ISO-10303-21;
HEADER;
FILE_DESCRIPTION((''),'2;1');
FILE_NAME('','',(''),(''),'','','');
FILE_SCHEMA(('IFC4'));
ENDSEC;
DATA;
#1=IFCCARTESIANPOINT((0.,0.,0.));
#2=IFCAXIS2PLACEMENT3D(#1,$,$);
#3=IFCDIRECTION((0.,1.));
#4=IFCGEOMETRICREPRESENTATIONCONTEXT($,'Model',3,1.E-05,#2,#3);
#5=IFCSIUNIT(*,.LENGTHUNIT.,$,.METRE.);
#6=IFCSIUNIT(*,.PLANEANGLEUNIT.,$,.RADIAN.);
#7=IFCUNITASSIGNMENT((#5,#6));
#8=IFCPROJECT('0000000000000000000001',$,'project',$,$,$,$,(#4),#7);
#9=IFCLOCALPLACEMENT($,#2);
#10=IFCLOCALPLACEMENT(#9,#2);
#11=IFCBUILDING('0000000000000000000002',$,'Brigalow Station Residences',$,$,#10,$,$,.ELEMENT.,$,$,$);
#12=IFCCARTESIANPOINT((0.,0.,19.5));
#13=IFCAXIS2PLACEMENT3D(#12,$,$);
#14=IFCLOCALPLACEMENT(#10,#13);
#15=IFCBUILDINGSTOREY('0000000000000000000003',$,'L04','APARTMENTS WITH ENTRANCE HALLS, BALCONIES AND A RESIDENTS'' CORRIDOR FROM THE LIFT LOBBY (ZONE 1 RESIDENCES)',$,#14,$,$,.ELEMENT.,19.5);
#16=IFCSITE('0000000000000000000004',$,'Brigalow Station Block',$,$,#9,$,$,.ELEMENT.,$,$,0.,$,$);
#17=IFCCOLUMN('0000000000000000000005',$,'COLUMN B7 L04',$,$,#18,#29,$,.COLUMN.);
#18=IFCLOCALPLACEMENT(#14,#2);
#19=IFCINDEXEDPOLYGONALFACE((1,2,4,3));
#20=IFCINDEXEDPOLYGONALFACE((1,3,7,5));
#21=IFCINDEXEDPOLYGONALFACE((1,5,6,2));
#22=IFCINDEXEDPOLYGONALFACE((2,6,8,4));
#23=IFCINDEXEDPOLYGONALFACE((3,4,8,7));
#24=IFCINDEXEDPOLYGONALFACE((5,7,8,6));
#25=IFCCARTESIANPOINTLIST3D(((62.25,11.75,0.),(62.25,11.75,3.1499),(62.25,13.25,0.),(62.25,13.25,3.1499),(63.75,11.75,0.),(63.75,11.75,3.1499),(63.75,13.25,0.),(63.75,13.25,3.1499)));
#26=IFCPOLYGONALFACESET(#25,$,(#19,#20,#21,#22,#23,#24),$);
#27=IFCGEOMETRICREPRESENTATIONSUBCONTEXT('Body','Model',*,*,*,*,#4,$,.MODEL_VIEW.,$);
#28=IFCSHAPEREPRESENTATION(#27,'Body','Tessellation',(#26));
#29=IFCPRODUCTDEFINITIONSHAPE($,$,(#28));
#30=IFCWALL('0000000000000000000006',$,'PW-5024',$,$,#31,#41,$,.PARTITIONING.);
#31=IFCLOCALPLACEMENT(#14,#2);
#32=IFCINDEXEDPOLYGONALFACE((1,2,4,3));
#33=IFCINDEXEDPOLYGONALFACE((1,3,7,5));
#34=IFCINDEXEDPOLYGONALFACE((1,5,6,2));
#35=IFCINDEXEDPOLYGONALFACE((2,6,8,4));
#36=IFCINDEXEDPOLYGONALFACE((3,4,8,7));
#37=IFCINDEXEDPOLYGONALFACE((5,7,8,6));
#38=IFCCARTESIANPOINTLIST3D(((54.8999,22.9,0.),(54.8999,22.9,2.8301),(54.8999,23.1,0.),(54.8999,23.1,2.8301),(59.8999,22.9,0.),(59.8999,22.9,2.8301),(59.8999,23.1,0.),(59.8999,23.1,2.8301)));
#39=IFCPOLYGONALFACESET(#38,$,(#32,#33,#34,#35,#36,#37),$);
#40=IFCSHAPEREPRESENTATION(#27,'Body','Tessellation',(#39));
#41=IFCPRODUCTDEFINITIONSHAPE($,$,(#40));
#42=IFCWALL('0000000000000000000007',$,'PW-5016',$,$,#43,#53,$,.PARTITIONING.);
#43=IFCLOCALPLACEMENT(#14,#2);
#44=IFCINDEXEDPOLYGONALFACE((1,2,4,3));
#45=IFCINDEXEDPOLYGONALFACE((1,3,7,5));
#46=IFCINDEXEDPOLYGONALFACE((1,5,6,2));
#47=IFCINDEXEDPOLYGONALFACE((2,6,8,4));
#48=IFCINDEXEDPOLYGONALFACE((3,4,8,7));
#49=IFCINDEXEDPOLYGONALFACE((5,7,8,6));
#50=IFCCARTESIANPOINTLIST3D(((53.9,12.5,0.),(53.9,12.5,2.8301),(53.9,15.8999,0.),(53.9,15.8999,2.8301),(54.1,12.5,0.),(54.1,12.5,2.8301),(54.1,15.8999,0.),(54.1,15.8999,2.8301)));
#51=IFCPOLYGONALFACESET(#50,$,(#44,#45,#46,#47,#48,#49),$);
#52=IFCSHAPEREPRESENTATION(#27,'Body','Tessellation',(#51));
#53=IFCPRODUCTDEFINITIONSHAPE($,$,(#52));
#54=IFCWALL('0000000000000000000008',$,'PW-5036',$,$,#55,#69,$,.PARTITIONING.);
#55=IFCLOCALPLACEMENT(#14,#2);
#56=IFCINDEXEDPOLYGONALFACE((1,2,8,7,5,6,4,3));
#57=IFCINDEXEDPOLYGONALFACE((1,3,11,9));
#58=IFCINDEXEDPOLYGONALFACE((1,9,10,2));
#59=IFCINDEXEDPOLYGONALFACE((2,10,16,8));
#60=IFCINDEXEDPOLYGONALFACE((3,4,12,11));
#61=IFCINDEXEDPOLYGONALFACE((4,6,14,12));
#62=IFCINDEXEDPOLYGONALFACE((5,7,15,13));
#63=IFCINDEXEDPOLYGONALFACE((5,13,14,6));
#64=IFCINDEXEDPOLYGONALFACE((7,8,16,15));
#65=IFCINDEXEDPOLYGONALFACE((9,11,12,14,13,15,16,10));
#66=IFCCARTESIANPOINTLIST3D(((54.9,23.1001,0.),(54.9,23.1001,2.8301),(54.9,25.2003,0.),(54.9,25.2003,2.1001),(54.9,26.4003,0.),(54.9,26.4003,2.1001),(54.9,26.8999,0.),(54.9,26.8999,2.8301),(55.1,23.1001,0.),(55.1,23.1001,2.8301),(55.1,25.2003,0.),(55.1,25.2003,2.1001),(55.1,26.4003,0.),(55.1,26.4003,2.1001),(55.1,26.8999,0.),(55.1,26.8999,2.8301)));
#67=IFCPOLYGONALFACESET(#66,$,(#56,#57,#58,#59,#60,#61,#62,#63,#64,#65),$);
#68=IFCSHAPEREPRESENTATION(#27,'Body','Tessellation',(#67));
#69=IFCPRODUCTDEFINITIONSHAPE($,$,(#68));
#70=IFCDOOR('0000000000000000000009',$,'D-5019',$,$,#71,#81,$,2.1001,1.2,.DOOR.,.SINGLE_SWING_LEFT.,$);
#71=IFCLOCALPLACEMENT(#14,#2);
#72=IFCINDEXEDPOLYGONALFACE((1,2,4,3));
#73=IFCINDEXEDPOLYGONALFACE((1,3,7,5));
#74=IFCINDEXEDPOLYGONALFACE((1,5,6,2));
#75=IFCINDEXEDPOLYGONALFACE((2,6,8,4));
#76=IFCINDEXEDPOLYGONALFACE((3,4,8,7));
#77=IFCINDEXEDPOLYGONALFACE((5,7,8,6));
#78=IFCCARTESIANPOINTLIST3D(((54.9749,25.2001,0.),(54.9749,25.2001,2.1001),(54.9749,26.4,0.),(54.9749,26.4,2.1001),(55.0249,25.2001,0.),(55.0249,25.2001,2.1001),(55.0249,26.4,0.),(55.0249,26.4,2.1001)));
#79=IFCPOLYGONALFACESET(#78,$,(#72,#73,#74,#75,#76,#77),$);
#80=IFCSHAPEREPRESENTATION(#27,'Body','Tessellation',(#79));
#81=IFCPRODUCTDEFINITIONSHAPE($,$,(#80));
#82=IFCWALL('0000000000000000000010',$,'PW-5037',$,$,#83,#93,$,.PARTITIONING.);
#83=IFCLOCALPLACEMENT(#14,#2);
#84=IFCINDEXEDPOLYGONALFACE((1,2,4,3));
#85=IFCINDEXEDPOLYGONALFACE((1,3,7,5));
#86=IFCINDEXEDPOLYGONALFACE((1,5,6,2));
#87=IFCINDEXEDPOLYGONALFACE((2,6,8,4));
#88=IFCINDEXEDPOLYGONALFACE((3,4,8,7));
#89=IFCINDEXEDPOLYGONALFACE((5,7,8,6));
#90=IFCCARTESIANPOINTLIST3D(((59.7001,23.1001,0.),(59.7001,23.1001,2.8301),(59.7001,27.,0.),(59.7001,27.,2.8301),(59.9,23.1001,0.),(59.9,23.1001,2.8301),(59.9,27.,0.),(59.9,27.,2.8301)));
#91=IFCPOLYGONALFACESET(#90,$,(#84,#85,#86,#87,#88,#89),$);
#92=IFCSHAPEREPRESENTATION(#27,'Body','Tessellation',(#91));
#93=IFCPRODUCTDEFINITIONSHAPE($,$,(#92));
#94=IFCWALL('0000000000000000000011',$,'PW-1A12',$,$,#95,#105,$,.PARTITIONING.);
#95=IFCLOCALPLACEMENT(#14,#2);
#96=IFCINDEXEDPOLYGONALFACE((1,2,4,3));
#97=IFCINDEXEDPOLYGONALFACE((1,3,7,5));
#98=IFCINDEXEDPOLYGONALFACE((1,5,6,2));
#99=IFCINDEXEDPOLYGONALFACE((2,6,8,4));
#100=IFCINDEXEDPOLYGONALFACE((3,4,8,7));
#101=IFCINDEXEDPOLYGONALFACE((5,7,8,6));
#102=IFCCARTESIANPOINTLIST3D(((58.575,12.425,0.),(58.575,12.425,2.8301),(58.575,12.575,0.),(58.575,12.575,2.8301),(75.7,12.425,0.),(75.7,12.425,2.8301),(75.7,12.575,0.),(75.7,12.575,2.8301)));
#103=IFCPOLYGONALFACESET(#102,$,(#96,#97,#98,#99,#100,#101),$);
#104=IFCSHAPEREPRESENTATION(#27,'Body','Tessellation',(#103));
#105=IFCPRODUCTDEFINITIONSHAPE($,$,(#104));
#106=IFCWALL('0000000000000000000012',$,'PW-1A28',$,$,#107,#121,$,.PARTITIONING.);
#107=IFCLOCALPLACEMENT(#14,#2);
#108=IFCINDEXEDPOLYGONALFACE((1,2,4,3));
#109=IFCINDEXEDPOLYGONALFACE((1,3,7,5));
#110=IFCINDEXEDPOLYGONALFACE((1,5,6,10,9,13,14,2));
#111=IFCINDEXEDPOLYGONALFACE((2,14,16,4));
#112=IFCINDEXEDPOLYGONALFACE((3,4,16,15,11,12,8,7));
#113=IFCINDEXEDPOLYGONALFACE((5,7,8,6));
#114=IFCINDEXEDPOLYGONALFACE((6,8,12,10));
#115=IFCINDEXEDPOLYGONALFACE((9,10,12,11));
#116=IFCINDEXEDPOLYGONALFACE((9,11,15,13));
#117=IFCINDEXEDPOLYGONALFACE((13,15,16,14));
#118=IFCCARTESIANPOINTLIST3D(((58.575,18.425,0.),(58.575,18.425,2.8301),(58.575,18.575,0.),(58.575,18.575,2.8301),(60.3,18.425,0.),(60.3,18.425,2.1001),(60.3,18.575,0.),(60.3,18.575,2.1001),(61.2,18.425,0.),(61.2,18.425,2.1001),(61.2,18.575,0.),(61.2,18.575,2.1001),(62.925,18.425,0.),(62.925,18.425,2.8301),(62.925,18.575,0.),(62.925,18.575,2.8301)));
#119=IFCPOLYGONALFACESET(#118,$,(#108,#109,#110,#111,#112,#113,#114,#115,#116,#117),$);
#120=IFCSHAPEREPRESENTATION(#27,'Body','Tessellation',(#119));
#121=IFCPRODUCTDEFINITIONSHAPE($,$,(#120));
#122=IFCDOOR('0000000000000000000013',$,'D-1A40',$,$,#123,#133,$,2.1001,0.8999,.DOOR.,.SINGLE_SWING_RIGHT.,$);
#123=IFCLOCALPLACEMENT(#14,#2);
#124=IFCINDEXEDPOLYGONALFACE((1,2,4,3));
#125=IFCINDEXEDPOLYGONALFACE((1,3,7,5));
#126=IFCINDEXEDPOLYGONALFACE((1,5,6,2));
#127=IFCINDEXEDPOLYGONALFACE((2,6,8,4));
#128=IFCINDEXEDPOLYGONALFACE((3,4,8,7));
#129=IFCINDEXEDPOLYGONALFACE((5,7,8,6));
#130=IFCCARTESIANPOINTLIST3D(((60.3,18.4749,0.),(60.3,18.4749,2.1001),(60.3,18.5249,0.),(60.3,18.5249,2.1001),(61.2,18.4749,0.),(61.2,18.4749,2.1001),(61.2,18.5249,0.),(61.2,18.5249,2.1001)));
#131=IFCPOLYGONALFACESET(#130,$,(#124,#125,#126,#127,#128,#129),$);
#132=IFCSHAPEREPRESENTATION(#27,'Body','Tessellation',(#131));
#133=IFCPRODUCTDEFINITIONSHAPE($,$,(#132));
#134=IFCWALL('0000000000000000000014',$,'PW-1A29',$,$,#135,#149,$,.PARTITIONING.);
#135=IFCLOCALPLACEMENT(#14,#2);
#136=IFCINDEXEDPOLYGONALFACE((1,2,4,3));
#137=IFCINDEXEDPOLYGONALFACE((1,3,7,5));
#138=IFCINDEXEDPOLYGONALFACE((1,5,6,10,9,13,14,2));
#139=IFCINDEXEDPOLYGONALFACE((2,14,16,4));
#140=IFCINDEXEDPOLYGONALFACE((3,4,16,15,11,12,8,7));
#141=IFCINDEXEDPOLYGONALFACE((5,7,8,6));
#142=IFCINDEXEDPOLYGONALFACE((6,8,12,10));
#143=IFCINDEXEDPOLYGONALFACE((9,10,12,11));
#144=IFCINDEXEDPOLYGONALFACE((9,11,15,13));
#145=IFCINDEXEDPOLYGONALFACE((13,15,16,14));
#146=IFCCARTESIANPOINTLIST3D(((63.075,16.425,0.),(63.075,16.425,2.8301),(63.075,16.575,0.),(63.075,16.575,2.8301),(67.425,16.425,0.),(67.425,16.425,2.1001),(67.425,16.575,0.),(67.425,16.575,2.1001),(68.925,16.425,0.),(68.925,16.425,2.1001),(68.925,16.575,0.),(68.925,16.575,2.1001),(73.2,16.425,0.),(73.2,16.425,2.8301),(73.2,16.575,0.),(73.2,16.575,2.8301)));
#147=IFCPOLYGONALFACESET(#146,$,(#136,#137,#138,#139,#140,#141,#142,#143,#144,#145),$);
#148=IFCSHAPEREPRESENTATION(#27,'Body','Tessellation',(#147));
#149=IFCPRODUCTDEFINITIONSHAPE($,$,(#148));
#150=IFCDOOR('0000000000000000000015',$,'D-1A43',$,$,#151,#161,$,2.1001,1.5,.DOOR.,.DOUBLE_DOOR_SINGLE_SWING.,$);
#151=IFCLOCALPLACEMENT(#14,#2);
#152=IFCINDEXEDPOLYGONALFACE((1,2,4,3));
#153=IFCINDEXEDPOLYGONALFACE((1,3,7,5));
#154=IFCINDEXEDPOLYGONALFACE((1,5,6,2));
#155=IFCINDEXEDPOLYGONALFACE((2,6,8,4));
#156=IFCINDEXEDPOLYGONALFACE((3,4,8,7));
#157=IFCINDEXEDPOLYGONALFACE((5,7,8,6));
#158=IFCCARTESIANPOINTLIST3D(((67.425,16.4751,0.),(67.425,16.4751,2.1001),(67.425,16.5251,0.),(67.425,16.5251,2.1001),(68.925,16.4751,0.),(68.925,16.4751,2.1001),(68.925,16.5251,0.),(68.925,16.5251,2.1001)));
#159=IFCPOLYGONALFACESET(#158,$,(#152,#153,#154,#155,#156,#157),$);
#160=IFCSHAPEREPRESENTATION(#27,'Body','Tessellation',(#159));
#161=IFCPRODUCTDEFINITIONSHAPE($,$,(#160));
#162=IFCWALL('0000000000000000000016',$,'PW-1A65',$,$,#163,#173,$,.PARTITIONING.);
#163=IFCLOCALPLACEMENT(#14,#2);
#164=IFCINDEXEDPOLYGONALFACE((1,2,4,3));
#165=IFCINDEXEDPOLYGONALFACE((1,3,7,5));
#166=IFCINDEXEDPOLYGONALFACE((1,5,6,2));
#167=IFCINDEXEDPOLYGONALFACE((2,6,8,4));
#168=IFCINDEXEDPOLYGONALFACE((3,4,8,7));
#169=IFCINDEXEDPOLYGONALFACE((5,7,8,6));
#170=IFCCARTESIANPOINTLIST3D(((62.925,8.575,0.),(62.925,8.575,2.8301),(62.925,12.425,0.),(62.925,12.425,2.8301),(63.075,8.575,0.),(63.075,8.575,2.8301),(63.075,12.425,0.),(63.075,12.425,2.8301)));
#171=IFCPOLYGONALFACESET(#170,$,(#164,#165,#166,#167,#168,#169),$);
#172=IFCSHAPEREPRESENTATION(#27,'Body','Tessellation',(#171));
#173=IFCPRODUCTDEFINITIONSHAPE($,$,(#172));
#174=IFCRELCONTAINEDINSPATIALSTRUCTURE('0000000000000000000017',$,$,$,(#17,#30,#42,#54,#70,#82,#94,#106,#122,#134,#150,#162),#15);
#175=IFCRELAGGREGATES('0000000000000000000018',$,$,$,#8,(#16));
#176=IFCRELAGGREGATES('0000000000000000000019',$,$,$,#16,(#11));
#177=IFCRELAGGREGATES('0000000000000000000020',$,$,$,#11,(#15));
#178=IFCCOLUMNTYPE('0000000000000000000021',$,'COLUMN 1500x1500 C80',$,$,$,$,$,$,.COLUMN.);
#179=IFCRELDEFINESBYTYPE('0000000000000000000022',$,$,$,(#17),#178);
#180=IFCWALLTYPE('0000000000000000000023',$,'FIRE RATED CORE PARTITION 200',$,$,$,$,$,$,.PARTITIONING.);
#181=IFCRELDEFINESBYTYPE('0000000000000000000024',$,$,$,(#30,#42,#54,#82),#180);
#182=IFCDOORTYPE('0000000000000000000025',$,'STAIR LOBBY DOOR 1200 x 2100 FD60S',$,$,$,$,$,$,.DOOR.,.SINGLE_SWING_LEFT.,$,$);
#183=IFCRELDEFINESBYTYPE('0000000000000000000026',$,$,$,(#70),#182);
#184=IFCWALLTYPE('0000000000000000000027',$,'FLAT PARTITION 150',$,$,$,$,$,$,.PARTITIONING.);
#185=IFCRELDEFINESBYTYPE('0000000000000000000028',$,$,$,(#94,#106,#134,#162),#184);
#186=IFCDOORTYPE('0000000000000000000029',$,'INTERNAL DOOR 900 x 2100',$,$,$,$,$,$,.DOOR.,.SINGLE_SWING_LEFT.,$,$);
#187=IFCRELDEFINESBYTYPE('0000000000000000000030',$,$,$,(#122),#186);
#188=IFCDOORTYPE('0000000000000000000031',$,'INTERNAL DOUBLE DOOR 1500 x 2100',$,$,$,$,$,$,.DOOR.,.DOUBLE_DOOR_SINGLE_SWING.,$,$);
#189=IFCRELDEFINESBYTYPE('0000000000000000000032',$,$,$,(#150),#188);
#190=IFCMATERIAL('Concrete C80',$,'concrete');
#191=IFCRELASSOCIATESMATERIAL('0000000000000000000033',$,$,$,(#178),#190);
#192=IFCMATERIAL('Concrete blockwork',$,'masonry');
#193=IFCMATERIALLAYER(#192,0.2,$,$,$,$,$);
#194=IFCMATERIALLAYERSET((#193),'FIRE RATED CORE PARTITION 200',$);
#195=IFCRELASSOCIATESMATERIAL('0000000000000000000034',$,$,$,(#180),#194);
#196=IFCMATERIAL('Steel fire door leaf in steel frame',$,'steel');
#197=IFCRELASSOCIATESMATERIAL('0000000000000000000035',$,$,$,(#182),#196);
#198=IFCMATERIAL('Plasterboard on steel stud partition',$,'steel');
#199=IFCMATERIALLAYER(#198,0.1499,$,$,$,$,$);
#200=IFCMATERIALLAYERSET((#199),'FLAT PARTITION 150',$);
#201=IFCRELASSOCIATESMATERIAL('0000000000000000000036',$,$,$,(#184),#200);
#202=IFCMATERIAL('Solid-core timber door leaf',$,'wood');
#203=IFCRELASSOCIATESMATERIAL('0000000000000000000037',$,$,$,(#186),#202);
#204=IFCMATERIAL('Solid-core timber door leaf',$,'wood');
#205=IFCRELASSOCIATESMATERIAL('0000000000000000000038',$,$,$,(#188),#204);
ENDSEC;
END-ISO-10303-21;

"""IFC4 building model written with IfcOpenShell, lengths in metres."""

from ifc_helpers import new_model, si_unit, direction, frame, frame_2d, origin, origin_2d, place, context, subcontext, project, spatial, rectangle, extrude, material, layer, layer_set, material_profile, profile_set, type_object, element, fill, save


model = new_model("IFC4")

# Units and contexts
model_context = context("Model", 3, precision=1e-05, world=origin(), true_north=direction((0.0, 1.0)))
body_context = subcontext(model_context, "Body", "Model", "MODEL_VIEW")
ifc_project = project(units=[si_unit("LENGTHUNIT", "METRE"), si_unit("PLANEANGLEUNIT", "RADIAN")], contexts=[model_context])

# Site, building, storey
site_placement = place(None, origin())
site = spatial("IfcSite", under=ifc_project, at=site_placement, Name="Brigalow Station Block", CompositionType="ELEMENT", RefElevation=0.0)
building_placement = place(site_placement, origin())
building = spatial("IfcBuilding", under=site, at=building_placement, Name="Brigalow Station Residences", CompositionType="ELEMENT")
storey_placement = place(building_placement, frame((0.0, 0.0, 19.5)))
storey = spatial("IfcBuildingStorey", under=building, at=storey_placement, Name="L04", Description="APARTMENTS WITH ENTRANCE HALLS, BALCONIES AND A RESIDENTS' CORRIDOR FROM THE LIFT LOBBY (ZONE 1 RESIDENCES)", CompositionType="ELEMENT", Elevation=19.5)

# Column
ifc_material_1 = material(Name="Concrete C80", Category="concrete")
ifc_material_profile = material_profile(ifc_material_1, rectangle(XDim=1.5, YDim=1.5, at=origin_2d()), Name="RC1500x1500")
ifc_profile_set = profile_set([ifc_material_profile], Name="Concrete C80")
column_type = type_object("IfcColumnType", Name="COLUMN 1500x1500 C80", PredefinedType="COLUMN", material=ifc_profile_set)
column_placement = place(storey_placement, frame((63.0, 12.5, 0.0), z_axis=(0.0, 0.0, 1.0), x_axis=(1.0, 0.0, 0.0)))
element("IfcColumn", 1, at=column_placement, inside=storey, type_object=column_type, Name="COLUMN B7 L04", PredefinedType="COLUMN", context=body_context, shape_type="SweptSolid", body=[
    extrude(rectangle(XDim=1.5, YDim=1.5, at=origin_2d()), origin(), (0.0, 0.0, 1.0), 3.1499),
])

# Walls
ifc_material_2 = material(Name="Concrete blockwork", Category="masonry")
ifc_layer_1 = layer(ifc_material_2, 0.2)
ifc_layer_set_1 = layer_set([ifc_layer_1], Name="FIRE RATED CORE PARTITION 200")
wall_type_1 = type_object("IfcWallType", Name="FIRE RATED CORE PARTITION 200", PredefinedType="PARTITIONING", material=ifc_layer_set_1)
wall_1_placement = place(storey_placement, frame((54.8999, 23.0, 0.0), z_axis=(0.0, 0.0, 1.0), x_axis=(1.0, 0.0, 0.0)))
element("IfcWall", 2, at=wall_1_placement, inside=storey, type_object=wall_type_1, Name="PW-5024", PredefinedType="PARTITIONING", context=body_context, shape_type="SweptSolid", body=[
    extrude(rectangle(XDim=5.0, YDim=0.2, at=frame_2d((2.5, 0.0))), origin(), (0.0, 0.0, 1.0), 2.8301),
])
wall_2_placement = place(storey_placement, frame((54.0, 12.5, 0.0), z_axis=(0.0, 0.0, 1.0), x_axis=(0.0, 1.0, 0.0)))
element("IfcWall", 3, at=wall_2_placement, inside=storey, type_object=wall_type_1, Name="PW-5016", PredefinedType="PARTITIONING", context=body_context, shape_type="SweptSolid", body=[
    extrude(rectangle(XDim=3.3999, YDim=0.2, at=frame_2d((1.7, 0.0))), origin(), (0.0, 0.0, 1.0), 2.8301),
])

# Wall, opening, door
wall_3_placement = place(storey_placement, frame((55.0, 23.1001, 0.0), z_axis=(0.0, 0.0, 1.0), x_axis=(0.0, 1.0, 0.0)))
wall_3 = element("IfcWall", 4, at=wall_3_placement, inside=storey, type_object=wall_type_1, Name="PW-5036", PredefinedType="PARTITIONING", context=body_context, shape_type="SweptSolid", body=[
    extrude(rectangle(XDim=3.7998, YDim=0.2, at=frame_2d((1.8999, 0.0))), origin(), (0.0, 0.0, 1.0), 2.8301),
])
opening_1_placement = place(wall_3_placement, frame((2.1001, 0.0, 0.0)))
opening_1 = element("IfcOpeningElement", 5, at=opening_1_placement, cuts=wall_3, PredefinedType="OPENING", context=body_context, shape_type="SweptSolid", body=[
    extrude(rectangle(XDim=1.2, YDim=2.1001, at=frame_2d((0.6001, 1.05))), frame((0.0, 0.1099, 0.0), z_axis=(0.0, -1.0, 0.0), x_axis=(1.0, 0.0, 0.0)), (0.0, 0.0, 1.0), 0.22),
])
ifc_material_3 = material(Name="Steel fire door leaf in steel frame", Category="steel")
door_type_1 = type_object("IfcDoorType", Name="STAIR LOBBY DOOR 1200 x 2100 FD60S", OperationType="SINGLE_SWING_LEFT", PredefinedType="DOOR", material=ifc_material_3)
door_1_placement = place(opening_1_placement, frame((1.2, 0.0, 0.0), z_axis=(0.0, 0.0, 1.0), x_axis=(-1.0, 0.0, 0.0)))
door_1 = element("IfcDoor", 6, at=door_1_placement, inside=storey, type_object=door_type_1, Name="D-5019", OperationType="SINGLE_SWING_LEFT", OverallHeight=2.1001, OverallWidth=1.2, PredefinedType="DOOR", context=body_context, shape_type="SweptSolid", body=[
    extrude(rectangle(XDim=1.2, YDim=2.1001, at=frame_2d((0.6001, 1.05))), frame((0.0, 0.0249, 0.0), z_axis=(0.0, -1.0, 0.0), x_axis=(1.0, 0.0, 0.0)), (0.0, 0.0, 1.0), 0.05),
])
fill(opening_1, door_1)

# Walls
wall_4_placement = place(storey_placement, frame((59.8, 23.1001, 0.0), z_axis=(0.0, 0.0, 1.0), x_axis=(0.0, 1.0, 0.0)))
element("IfcWall", 7, at=wall_4_placement, inside=storey, type_object=wall_type_1, Name="PW-5037", PredefinedType="PARTITIONING", context=body_context, shape_type="SweptSolid", body=[
    extrude(rectangle(XDim=3.8999, YDim=0.2, at=frame_2d((1.95, 0.0))), origin(), (0.0, 0.0, 1.0), 2.8301),
])
ifc_material_4 = material(Name="Plasterboard on steel stud partition", Category="steel")
ifc_layer_2 = layer(ifc_material_4, 0.1499)
ifc_layer_set_2 = layer_set([ifc_layer_2], Name="FLAT PARTITION 150")
wall_type_2 = type_object("IfcWallType", Name="FLAT PARTITION 150", PredefinedType="PARTITIONING", material=ifc_layer_set_2)
wall_5_placement = place(storey_placement, frame((58.575, 12.5, 0.0), z_axis=(0.0, 0.0, 1.0), x_axis=(1.0, 0.0, 0.0)))
element("IfcWall", 8, at=wall_5_placement, inside=storey, type_object=wall_type_2, Name="PW-1A12", PredefinedType="PARTITIONING", context=body_context, shape_type="SweptSolid", body=[
    extrude(rectangle(XDim=17.125, YDim=0.1499, at=frame_2d((8.5625, 0.0))), origin(), (0.0, 0.0, 1.0), 2.8301),
])

# Walls, openings, doors
wall_6_placement = place(storey_placement, frame((58.575, 18.5, 0.0), z_axis=(0.0, 0.0, 1.0), x_axis=(1.0, 0.0, 0.0)))
wall_6 = element("IfcWall", 9, at=wall_6_placement, inside=storey, type_object=wall_type_2, Name="PW-1A28", PredefinedType="PARTITIONING", context=body_context, shape_type="SweptSolid", body=[
    extrude(rectangle(XDim=4.3501, YDim=0.1499, at=frame_2d((2.175, 0.0))), origin(), (0.0, 0.0, 1.0), 2.8301),
])
opening_2_placement = place(wall_6_placement, frame((1.7251, 0.0, 0.0)))
opening_2 = element("IfcOpeningElement", 10, at=opening_2_placement, cuts=wall_6, PredefinedType="OPENING", context=body_context, shape_type="SweptSolid", body=[
    extrude(rectangle(XDim=0.8999, YDim=2.1001, at=frame_2d((0.45, 1.05))), frame((0.0, 0.085, 0.0), z_axis=(0.0, -1.0, 0.0), x_axis=(1.0, 0.0, 0.0)), (0.0, 0.0, 1.0), 0.1699),
])
ifc_material_5 = material(Name="Solid-core timber door leaf", Category="wood")
door_type_2 = type_object("IfcDoorType", Name="INTERNAL DOOR 900 x 2100", OperationType="SINGLE_SWING_LEFT", PredefinedType="DOOR", material=ifc_material_5)
door_2_placement = place(opening_2_placement, origin())
door_2 = element("IfcDoor", 11, at=door_2_placement, inside=storey, type_object=door_type_2, Name="D-1A40", OperationType="SINGLE_SWING_RIGHT", OverallHeight=2.1001, OverallWidth=0.8999, PredefinedType="DOOR", context=body_context, shape_type="SweptSolid", body=[
    extrude(rectangle(XDim=0.8999, YDim=2.1001, at=frame_2d((0.45, 1.05))), frame((0.0, 0.0249, 0.0), z_axis=(0.0, -1.0, 0.0), x_axis=(1.0, 0.0, 0.0)), (0.0, 0.0, 1.0), 0.05),
])
fill(opening_2, door_2)
wall_7_placement = place(storey_placement, frame((63.075, 16.5, 0.0), z_axis=(0.0, 0.0, 1.0), x_axis=(1.0, 0.0, 0.0)))
wall_7 = element("IfcWall", 12, at=wall_7_placement, inside=storey, type_object=wall_type_2, Name="PW-1A29", PredefinedType="PARTITIONING", context=body_context, shape_type="SweptSolid", body=[
    extrude(rectangle(XDim=10.125, YDim=0.1499, at=frame_2d((5.0625, 0.0))), origin(), (0.0, 0.0, 1.0), 2.8301),
])
opening_3_placement = place(wall_7_placement, frame((4.3501, 0.0, 0.0)))
opening_3 = element("IfcOpeningElement", 13, at=opening_3_placement, cuts=wall_7, PredefinedType="OPENING", context=body_context, shape_type="SweptSolid", body=[
    extrude(rectangle(XDim=1.5, YDim=2.1001, at=frame_2d((0.75, 1.05))), frame((0.0, 0.085, 0.0), z_axis=(0.0, -1.0, 0.0), x_axis=(1.0, 0.0, 0.0)), (0.0, 0.0, 1.0), 0.1699),
])
ifc_material_6 = material(Name="Solid-core timber door leaf", Category="wood")
door_type_3 = type_object("IfcDoorType", Name="INTERNAL DOUBLE DOOR 1500 x 2100", OperationType="DOUBLE_DOOR_SINGLE_SWING", PredefinedType="DOOR", material=ifc_material_6)
door_3_placement = place(opening_3_placement, frame((1.5, 0.0, 0.0), z_axis=(0.0, 0.0, 1.0), x_axis=(-1.0, 0.0, 0.0)))
door_3 = element("IfcDoor", 14, at=door_3_placement, inside=storey, type_object=door_type_3, Name="D-1A43", OperationType="DOUBLE_DOOR_SINGLE_SWING", OverallHeight=2.1001, OverallWidth=1.5, PredefinedType="DOOR", context=body_context, shape_type="SweptSolid", body=[
    extrude(rectangle(XDim=1.5, YDim=2.1001, at=frame_2d((0.75, 1.05))), frame((0.0, 0.0249, 0.0), z_axis=(0.0, -1.0, 0.0), x_axis=(1.0, 0.0, 0.0)), (0.0, 0.0, 1.0), 0.05),
])
fill(opening_3, door_3)

# Wall
wall_8_placement = place(storey_placement, frame((63.0, 8.575, 0.0), z_axis=(0.0, 0.0, 1.0), x_axis=(0.0, 1.0, 0.0)))
element("IfcWall", 15, at=wall_8_placement, inside=storey, type_object=wall_type_2, Name="PW-1A65", PredefinedType="PARTITIONING", context=body_context, shape_type="SweptSolid", body=[
    extrude(rectangle(XDim=3.8501, YDim=0.1499, at=frame_2d((1.925, 0.0))), origin(), (0.0, 0.0, 1.0), 2.8301),
])

save(model, "model.ifc")
